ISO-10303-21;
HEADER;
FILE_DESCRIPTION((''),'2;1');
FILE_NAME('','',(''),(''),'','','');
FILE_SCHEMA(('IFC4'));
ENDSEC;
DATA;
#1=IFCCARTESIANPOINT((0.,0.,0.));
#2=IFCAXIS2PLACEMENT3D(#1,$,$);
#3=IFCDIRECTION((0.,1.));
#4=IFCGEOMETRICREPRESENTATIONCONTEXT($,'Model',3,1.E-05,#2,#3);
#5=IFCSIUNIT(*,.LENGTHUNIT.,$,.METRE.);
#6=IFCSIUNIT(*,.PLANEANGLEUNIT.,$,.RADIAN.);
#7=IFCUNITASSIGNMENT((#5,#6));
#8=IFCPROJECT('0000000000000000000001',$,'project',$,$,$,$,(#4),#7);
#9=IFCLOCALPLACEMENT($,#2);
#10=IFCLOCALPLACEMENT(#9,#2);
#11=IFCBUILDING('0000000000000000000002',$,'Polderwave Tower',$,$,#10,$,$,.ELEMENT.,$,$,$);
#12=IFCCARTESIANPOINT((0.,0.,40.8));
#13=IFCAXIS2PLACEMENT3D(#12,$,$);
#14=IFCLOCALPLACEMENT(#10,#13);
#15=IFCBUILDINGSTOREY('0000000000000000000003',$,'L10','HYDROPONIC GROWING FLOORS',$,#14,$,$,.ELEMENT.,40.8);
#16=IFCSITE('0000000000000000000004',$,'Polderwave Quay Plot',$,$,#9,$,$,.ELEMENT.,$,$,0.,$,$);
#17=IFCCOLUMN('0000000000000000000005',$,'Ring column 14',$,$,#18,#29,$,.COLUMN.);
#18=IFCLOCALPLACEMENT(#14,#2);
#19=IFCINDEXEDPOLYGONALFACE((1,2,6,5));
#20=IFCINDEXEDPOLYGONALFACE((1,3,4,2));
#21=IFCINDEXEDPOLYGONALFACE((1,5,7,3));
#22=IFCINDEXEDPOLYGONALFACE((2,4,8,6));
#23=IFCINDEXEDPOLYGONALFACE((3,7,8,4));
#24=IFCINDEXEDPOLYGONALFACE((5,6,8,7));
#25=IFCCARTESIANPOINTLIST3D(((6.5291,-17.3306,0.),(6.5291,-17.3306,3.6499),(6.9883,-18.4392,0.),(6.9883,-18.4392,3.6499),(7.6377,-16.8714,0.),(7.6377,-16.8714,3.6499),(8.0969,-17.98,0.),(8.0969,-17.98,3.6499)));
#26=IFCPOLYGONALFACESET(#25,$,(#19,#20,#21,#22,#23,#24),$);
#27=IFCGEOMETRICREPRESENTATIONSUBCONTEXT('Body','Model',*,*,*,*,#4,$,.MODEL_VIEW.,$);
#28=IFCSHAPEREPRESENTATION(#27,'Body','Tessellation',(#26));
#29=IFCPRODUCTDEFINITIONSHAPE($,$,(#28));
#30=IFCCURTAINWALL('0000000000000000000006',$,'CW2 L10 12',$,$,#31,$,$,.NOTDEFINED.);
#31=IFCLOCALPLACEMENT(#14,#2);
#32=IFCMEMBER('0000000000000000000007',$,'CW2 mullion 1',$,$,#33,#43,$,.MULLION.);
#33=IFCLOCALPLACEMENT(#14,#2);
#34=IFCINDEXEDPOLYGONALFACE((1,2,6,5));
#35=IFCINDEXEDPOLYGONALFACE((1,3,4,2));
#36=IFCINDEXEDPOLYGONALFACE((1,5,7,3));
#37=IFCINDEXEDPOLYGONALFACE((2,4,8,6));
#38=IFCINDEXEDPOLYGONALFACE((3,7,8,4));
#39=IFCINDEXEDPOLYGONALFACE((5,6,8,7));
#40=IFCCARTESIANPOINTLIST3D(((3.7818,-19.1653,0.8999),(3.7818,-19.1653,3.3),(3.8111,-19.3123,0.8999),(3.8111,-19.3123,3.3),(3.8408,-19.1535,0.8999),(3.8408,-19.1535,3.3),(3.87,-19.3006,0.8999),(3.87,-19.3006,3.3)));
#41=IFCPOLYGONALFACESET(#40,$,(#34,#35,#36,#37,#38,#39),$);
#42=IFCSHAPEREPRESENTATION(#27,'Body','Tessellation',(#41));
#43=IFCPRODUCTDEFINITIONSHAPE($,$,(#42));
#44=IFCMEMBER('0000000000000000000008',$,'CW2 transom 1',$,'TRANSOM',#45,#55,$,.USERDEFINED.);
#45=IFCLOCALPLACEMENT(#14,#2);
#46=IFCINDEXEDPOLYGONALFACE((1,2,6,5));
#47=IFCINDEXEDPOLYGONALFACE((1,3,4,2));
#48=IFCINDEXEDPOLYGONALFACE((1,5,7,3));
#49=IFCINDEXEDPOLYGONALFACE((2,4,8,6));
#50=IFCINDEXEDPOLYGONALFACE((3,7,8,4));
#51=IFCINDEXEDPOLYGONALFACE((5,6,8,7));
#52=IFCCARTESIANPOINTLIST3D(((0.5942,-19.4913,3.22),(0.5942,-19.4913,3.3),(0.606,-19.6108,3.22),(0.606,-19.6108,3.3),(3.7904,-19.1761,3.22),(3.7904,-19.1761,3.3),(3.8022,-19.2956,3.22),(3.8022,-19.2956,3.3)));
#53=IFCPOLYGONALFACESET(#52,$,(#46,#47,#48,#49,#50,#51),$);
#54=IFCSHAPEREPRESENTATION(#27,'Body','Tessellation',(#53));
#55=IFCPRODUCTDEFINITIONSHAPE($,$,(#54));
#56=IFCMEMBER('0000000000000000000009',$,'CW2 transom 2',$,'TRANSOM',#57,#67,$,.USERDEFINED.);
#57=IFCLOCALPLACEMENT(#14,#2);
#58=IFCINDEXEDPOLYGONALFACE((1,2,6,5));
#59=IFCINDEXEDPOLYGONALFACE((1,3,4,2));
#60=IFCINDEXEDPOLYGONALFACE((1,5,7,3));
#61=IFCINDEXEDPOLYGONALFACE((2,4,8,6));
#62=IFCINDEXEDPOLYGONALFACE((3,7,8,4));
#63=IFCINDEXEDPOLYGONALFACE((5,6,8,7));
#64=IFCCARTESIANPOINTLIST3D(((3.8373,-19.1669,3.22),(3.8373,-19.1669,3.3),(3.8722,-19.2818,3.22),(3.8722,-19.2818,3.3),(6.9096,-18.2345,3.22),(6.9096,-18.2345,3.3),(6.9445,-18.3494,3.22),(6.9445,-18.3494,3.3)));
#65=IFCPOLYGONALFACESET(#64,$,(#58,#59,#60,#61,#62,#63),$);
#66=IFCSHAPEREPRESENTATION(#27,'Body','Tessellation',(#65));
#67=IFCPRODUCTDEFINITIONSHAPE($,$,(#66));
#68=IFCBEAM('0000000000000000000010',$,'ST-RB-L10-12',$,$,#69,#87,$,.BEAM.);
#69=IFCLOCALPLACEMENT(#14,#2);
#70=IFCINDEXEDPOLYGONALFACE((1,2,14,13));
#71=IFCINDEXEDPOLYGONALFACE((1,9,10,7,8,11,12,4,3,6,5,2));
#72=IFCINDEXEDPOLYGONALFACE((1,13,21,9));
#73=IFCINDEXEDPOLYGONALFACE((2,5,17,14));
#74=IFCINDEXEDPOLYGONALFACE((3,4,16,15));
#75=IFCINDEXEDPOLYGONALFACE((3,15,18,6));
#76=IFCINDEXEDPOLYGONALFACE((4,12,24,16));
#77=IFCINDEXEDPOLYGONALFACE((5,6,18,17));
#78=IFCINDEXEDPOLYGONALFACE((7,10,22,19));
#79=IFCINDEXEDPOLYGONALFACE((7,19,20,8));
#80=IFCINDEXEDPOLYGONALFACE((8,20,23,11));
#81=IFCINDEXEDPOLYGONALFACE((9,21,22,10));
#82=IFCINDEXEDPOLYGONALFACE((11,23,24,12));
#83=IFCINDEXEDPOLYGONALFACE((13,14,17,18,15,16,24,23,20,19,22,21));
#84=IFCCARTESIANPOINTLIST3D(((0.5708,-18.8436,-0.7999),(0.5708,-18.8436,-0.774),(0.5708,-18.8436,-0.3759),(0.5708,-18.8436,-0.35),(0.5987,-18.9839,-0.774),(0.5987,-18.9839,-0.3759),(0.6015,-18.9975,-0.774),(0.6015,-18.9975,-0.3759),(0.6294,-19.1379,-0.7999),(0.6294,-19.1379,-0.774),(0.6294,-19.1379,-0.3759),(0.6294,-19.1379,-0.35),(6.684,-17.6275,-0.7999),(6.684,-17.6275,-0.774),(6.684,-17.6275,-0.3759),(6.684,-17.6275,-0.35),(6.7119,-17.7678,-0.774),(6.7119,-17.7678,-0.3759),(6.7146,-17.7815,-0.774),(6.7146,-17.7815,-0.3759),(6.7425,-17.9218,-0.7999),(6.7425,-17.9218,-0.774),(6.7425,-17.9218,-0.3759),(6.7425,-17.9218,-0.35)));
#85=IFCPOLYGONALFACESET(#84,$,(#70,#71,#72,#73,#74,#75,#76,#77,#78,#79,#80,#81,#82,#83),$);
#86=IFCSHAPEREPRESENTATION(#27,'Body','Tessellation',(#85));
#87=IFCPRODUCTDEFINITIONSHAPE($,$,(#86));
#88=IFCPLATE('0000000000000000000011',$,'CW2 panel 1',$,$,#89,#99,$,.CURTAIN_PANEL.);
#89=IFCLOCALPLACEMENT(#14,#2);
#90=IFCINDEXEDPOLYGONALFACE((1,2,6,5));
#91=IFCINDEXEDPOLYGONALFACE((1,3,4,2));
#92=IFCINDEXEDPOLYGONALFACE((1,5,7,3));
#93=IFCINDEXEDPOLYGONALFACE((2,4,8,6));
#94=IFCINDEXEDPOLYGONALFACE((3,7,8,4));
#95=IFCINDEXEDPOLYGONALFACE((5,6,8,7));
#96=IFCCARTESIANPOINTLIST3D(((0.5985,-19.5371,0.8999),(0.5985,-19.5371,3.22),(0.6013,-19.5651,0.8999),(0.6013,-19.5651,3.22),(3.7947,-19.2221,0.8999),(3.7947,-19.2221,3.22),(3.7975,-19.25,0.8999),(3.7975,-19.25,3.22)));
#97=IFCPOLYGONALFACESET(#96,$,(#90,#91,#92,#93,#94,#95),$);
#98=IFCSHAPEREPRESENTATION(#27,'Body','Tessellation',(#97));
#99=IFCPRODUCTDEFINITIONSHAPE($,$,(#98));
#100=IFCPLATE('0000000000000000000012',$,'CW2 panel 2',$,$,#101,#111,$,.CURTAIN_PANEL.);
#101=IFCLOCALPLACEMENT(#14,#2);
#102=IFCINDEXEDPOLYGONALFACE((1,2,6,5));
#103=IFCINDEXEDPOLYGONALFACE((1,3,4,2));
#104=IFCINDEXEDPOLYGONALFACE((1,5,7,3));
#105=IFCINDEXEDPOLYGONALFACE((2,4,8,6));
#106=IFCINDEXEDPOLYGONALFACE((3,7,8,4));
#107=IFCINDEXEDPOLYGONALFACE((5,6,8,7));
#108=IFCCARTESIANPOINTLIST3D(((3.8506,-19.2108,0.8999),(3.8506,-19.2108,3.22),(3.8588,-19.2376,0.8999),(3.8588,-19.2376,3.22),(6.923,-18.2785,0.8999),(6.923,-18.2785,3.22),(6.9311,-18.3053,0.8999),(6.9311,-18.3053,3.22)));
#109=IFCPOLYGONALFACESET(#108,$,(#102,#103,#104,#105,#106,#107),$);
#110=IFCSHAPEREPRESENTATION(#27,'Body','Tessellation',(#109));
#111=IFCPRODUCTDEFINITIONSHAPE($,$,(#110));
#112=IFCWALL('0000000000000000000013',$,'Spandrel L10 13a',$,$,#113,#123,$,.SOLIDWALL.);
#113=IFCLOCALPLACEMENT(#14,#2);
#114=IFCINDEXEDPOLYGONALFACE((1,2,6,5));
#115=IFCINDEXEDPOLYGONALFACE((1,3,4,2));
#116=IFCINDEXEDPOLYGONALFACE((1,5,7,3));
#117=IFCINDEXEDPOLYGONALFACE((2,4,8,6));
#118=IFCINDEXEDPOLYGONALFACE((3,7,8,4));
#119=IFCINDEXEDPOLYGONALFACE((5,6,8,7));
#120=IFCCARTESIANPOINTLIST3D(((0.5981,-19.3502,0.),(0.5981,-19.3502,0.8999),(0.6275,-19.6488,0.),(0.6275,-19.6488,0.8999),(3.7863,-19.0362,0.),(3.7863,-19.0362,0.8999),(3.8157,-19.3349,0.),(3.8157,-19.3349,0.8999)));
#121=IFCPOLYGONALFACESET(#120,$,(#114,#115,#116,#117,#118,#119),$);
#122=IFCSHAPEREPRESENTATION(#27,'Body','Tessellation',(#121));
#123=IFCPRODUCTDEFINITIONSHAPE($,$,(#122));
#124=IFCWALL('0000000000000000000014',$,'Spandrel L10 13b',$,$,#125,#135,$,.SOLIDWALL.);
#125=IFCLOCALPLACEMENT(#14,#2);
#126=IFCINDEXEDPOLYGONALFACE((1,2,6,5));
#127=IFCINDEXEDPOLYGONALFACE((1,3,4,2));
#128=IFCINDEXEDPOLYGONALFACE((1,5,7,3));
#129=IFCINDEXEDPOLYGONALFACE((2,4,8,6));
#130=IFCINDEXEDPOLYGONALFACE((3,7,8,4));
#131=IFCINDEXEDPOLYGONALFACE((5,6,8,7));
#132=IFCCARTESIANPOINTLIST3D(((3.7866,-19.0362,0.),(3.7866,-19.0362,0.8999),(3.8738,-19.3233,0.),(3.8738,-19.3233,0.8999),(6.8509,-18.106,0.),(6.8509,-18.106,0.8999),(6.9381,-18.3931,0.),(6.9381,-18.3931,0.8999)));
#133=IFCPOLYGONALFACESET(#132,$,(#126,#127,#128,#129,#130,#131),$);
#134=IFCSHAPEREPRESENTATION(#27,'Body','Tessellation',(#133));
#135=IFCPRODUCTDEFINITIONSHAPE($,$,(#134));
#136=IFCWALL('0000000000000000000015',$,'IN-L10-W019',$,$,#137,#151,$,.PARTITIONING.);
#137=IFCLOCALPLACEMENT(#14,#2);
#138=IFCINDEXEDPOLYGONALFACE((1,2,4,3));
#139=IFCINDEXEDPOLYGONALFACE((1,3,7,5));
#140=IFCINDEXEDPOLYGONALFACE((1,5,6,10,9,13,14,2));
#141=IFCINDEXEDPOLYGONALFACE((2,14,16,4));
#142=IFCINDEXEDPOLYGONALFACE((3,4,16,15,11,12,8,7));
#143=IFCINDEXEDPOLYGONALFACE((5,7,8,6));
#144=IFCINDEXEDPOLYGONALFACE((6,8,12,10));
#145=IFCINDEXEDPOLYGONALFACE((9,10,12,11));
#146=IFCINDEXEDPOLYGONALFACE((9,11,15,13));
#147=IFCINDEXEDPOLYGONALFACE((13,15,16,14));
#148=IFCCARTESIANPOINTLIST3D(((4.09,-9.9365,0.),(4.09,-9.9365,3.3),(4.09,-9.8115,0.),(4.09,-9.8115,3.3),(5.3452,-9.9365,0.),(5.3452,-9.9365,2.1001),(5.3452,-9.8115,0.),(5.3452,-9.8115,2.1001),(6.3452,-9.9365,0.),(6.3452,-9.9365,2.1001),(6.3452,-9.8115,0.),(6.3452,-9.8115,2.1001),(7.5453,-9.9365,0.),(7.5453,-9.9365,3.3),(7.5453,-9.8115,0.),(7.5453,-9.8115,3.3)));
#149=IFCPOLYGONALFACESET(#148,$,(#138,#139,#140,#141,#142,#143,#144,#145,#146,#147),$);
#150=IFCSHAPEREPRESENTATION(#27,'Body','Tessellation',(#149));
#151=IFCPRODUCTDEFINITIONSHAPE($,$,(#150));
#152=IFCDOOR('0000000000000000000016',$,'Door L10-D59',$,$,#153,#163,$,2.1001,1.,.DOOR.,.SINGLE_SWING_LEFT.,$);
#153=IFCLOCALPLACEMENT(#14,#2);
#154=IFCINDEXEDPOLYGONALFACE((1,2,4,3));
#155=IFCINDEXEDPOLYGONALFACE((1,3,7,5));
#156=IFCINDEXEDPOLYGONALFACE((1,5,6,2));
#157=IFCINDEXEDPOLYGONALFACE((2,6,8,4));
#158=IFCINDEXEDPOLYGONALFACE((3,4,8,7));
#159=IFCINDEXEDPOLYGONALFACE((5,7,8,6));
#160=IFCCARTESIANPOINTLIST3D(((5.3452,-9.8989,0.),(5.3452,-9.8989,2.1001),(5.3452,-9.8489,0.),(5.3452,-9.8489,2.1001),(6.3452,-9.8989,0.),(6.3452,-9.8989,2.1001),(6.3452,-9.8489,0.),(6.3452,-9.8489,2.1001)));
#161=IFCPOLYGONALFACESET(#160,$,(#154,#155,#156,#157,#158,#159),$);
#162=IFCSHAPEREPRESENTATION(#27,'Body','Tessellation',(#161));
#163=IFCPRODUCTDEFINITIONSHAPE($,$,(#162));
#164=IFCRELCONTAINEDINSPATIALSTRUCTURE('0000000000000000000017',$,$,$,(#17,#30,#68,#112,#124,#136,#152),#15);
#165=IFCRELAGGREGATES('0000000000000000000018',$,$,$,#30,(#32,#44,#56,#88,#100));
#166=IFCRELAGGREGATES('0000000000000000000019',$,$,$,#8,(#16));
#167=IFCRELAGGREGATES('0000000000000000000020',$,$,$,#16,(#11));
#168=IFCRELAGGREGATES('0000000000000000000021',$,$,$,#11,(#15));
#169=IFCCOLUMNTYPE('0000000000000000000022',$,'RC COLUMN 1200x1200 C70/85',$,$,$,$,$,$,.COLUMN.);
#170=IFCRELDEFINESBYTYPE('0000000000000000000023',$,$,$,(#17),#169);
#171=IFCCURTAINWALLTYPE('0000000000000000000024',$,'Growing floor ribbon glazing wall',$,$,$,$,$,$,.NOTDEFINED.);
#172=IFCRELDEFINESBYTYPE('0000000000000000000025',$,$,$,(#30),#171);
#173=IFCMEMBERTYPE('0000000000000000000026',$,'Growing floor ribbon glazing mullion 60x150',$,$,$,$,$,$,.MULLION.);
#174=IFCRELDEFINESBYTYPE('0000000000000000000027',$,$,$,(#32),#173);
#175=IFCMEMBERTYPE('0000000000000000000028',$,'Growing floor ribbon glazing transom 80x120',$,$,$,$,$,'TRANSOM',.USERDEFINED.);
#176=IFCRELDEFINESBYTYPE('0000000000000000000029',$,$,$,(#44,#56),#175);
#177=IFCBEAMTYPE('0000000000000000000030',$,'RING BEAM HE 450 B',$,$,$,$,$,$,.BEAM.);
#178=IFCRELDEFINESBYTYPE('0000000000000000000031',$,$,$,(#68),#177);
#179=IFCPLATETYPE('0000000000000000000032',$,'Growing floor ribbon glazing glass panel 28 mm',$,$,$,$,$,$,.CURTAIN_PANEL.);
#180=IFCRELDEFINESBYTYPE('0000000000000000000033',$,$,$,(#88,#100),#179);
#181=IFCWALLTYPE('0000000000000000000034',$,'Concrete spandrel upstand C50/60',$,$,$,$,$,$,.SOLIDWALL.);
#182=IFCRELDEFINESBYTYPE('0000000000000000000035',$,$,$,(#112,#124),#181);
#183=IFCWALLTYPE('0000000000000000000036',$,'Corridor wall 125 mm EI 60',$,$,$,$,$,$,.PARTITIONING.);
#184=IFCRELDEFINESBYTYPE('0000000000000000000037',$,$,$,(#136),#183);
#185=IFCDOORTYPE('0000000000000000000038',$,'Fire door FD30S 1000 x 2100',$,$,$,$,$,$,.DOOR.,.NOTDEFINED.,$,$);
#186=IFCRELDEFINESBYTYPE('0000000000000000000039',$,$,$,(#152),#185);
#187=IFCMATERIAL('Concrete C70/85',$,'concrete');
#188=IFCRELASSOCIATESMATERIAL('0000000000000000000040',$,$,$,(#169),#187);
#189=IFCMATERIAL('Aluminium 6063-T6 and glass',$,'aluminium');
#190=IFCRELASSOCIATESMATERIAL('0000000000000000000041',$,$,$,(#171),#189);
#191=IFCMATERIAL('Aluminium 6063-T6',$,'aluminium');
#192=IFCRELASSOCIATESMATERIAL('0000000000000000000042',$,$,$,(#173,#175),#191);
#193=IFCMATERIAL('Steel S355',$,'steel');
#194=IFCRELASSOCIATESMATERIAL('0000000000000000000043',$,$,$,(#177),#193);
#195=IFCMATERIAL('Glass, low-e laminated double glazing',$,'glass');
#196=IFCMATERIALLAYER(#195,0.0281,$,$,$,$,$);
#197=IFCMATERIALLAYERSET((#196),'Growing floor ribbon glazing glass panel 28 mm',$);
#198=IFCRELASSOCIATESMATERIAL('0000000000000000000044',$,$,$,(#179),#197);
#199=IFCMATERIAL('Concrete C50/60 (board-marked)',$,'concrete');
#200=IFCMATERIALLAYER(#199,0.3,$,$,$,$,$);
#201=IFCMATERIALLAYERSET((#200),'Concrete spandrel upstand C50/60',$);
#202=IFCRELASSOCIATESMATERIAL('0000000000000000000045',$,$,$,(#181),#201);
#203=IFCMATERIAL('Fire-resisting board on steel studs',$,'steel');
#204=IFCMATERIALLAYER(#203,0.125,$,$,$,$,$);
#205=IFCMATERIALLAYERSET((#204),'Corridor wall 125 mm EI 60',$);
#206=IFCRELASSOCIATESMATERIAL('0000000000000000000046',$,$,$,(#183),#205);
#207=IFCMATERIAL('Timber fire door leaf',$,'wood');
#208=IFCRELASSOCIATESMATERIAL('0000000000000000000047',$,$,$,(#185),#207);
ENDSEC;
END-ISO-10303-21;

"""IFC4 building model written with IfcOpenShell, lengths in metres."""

from ifc_helpers import new_model, si_unit, direction, frame, frame_2d, origin, origin_2d, place, context, subcontext, project, spatial, rectangle, i_section, extrude, material, layer, layer_set, material_profile, profile_set, type_object, element, fill, aggregate, save


model = new_model("IFC4")

# Units and contexts
model_context = context("Model", 3, precision=1e-05, world=origin(), true_north=direction((0.0, 1.0)))
body_context = subcontext(model_context, "Body", "Model", "MODEL_VIEW")
ifc_project = project(units=[si_unit("LENGTHUNIT", "METRE"), si_unit("PLANEANGLEUNIT", "RADIAN")], contexts=[model_context])

# Site, building, storey
site_placement = place(None, origin())
site = spatial("IfcSite", under=ifc_project, at=site_placement, Name="Polderwave Quay Plot", CompositionType="ELEMENT", RefElevation=0.0)
building_placement = place(site_placement, origin())
building = spatial("IfcBuilding", under=site, at=building_placement, Name="Polderwave Tower", CompositionType="ELEMENT")
storey_placement = place(building_placement, frame((0.0, 0.0, 40.8)))
storey = spatial("IfcBuildingStorey", under=building, at=storey_placement, Name="L10", Description="HYDROPONIC GROWING FLOORS", CompositionType="ELEMENT", Elevation=40.8)

# Column
ifc_material_1 = material(Name="Concrete C70/85", Category="concrete")
ifc_material_profile_1 = material_profile(ifc_material_1, rectangle(XDim=1.2, YDim=1.2, at=origin_2d()), Name="RC 1200x1200")
ifc_profile_set_1 = profile_set([ifc_material_profile_1], Name="Concrete C70/85")
column_type = type_object("IfcColumnType", Name="RC COLUMN 1200x1200 C70/85", PredefinedType="COLUMN", material=ifc_profile_set_1)
column_placement = place(storey_placement, frame((7.313, -17.6553, 0.0), z_axis=(0.0, 0.0, 1.0), x_axis=(0.382683, -0.92388, 0.0)))
element("IfcColumn", 1, at=column_placement, inside=storey, type_object=column_type, Name="Ring column 14", PredefinedType="COLUMN", context=body_context, shape_type="SweptSolid", body=[
    extrude(rectangle(XDim=1.2, YDim=1.2, at=origin_2d()), origin(), (0.0, 0.0, 1.0), 3.6499),
])

# Curtain wall, members
ifc_material_2 = material(Name="Aluminium 6063-T6 and glass", Category="aluminium")
curtain_wall_type = type_object("IfcCurtainWallType", Name="Growing floor ribbon glazing wall", PredefinedType="NOTDEFINED", material=ifc_material_2)
curtain_wall_placement = place(storey_placement, origin())
curtain_wall = element("IfcCurtainWall", 2, at=curtain_wall_placement, inside=storey, type_object=curtain_wall_type, Name="CW2 L10 12", PredefinedType="NOTDEFINED")
ifc_material_3 = material(Name="Aluminium 6063-T6", Category="aluminium")
ifc_material_profile_2 = material_profile(ifc_material_3, rectangle(XDim=0.1499, YDim=0.0601, at=origin_2d()), Name="AL 60x150")
ifc_profile_set_2 = profile_set([ifc_material_profile_2], Name="Aluminium 6063-T6")
member_type_1 = type_object("IfcMemberType", Name="Growing floor ribbon glazing mullion 60x150", PredefinedType="MULLION", material=ifc_profile_set_2)
member_1_placement = place(storey_placement, frame((3.8259, -19.2329, 0.8999), z_axis=(0.0, 0.0, 1.0), x_axis=(-0.195178, 0.980768, 0.0)))
member_1 = element("IfcMember", 3, at=member_1_placement, type_object=member_type_1, Name="CW2 mullion 1", PredefinedType="MULLION", context=body_context, shape_type="SweptSolid", body=[
    extrude(rectangle(XDim=0.1499, YDim=0.0601, at=origin_2d()), origin(), (0.0, 0.0, 1.0), 2.4001),
])
ifc_material_profile_3 = material_profile(ifc_material_3, rectangle(XDim=0.1201, YDim=0.0801, at=origin_2d()), Name="AL 80x120")
ifc_profile_set_3 = profile_set([ifc_material_profile_3], Name="Aluminium 6063-T6")
member_type_2 = type_object("IfcMemberType", Name="Growing floor ribbon glazing transom 80x120", ElementType="TRANSOM", PredefinedType="USERDEFINED", material=ifc_profile_set_3)
member_2_placement = place(storey_placement, frame((0.6001, -19.551, 3.26), z_axis=(0.995172, 0.098141, 0.0), x_axis=(-0.098141, 0.995172, 0.0)))
member_2 = element("IfcMember", 4, at=member_2_placement, type_object=member_type_2, Name="CW2 transom 1", ObjectType="TRANSOM", PredefinedType="USERDEFINED", context=body_context, shape_type="SweptSolid", body=[
    extrude(rectangle(XDim=0.1201, YDim=0.0801, at=origin_2d()), origin(), (0.0, 0.0, 1.0), 3.2117),
])
member_3_placement = place(storey_placement, frame((3.8547, -19.2244, 3.26), z_axis=(0.956905, 0.290402, 0.0), x_axis=(-0.290402, 0.956905, 0.0)))
member_3 = element("IfcMember", 5, at=member_3_placement, type_object=member_type_2, Name="CW2 transom 2", ObjectType="TRANSOM", PredefinedType="USERDEFINED", context=body_context, shape_type="SweptSolid", body=[
    extrude(rectangle(XDim=0.1201, YDim=0.0801, at=origin_2d()), origin(), (0.0, 0.0, 1.0), 3.2107),
])

# Beam
ifc_material_4 = material(Name="Steel S355", Category="steel")
ifc_material_profile_4 = material_profile(ifc_material_4, i_section(OverallWidth=0.3, OverallDepth=0.45, WebThickness=0.0139, FlangeThickness=0.0259, at=origin_2d()), Name="HE 450 B")
ifc_profile_set_4 = profile_set([ifc_material_profile_4], Name="Steel S355")
beam_type = type_object("IfcBeamType", Name="RING BEAM HE 450 B", PredefinedType="BEAM", material=ifc_profile_set_4)
beam_placement = place(storey_placement, frame((0.6001, -18.9907, -0.575), z_axis=(0.980782, 0.195107, 0.0), x_axis=(-0.195107, 0.980782, 0.0)))
element("IfcBeam", 6, at=beam_placement, inside=storey, type_object=beam_type, Name="ST-RB-L10-12", PredefinedType="BEAM", context=body_context, shape_type="SweptSolid", body=[
    extrude(i_section(OverallWidth=0.3, OverallDepth=0.45, WebThickness=0.0139, FlangeThickness=0.0259, at=origin_2d()), origin(), (0.0, 0.0, 1.0), 6.2329),
])

# Plates
ifc_material_5 = material(Name="Glass, low-e laminated double glazing", Category="glass")
ifc_layer_1 = layer(ifc_material_5, 0.0281)
ifc_layer_set_1 = layer_set([ifc_layer_1], Name="Growing floor ribbon glazing glass panel 28 mm")
plate_type = type_object("IfcPlateType", Name="Growing floor ribbon glazing glass panel 28 mm", PredefinedType="CURTAIN_PANEL", material=ifc_layer_set_1)
plate_1_placement = place(storey_placement, frame((2.198, -19.3936, 0.8999), z_axis=(0.0, 0.0, 1.0), x_axis=(0.995177, 0.098099, 0.0)))
plate_1 = element("IfcPlate", 7, at=plate_1_placement, type_object=plate_type, Name="CW2 panel 1", PredefinedType="CURTAIN_PANEL", context=body_context, shape_type="SweptSolid", body=[
    extrude(rectangle(XDim=3.2117, YDim=0.0281, at=origin_2d()), origin(), (0.0, 0.0, 1.0), 2.3201),
])
plate_2_placement = place(storey_placement, frame((5.3909, -18.7581, 0.8999), z_axis=(0.0, 0.0, 1.0), x_axis=(0.956913, 0.290375, 0.0)))
plate_2 = element("IfcPlate", 8, at=plate_2_placement, type_object=plate_type, Name="CW2 panel 2", PredefinedType="CURTAIN_PANEL", context=body_context, shape_type="SweptSolid", body=[
    extrude(rectangle(XDim=3.2107, YDim=0.0281, at=origin_2d()), origin(), (0.0, 0.0, 1.0), 2.3201),
])
aggregate(curtain_wall, [member_1, member_2, member_3, plate_1, plate_2])

# Walls
ifc_material_6 = material(Name="Concrete C50/60 (board-marked)", Category="concrete")
ifc_layer_2 = layer(ifc_material_6, 0.3)
ifc_layer_set_2 = layer_set([ifc_layer_2], Name="Concrete spandrel upstand C50/60")
wall_type_1 = type_object("IfcWallType", Name="Concrete spandrel upstand C50/60", PredefinedType="SOLIDWALL", material=ifc_layer_set_2)
wall_1_placement = place(storey_placement, frame((0.6128, -19.4995, 0.0), z_axis=(0.0, 0.0, 1.0), x_axis=(0.995186, 0.098002, 0.0)))
element("IfcWall", 9, at=wall_1_placement, inside=storey, type_object=wall_type_1, Name="Spandrel L10 13a", PredefinedType="SOLIDWALL", context=body_context, shape_type="SweptSolid", body=[
    extrude(rectangle(XDim=3.2036, YDim=0.3, at=frame_2d((1.6018, 0.0))), origin(), (0.0, 0.0, 1.0), 0.8999),
])
wall_2_placement = place(storey_placement, frame((3.8303, -19.1797, 0.0), z_axis=(0.0, 0.0, 1.0), x_axis=(0.956883, 0.290473, 0.0)))
element("IfcWall", 10, at=wall_2_placement, inside=storey, type_object=wall_type_1, Name="Spandrel L10 13b", PredefinedType="SOLIDWALL", context=body_context, shape_type="SweptSolid", body=[
    extrude(rectangle(XDim=3.2024, YDim=0.3, at=frame_2d((1.6011, 0.0))), origin(), (0.0, 0.0, 1.0), 0.8999),
])

# Wall, opening, door
ifc_material_7 = material(Name="Fire-resisting board on steel studs", Category="steel")
ifc_layer_3 = layer(ifc_material_7, 0.125)
ifc_layer_set_3 = layer_set([ifc_layer_3], Name="Corridor wall 125 mm EI 60")
wall_type_2 = type_object("IfcWallType", Name="Corridor wall 125 mm EI 60", PredefinedType="PARTITIONING", material=ifc_layer_set_3)
wall_3_placement = place(storey_placement, frame((7.5452, -9.874, 0.0), z_axis=(0.0, 0.0, 1.0), x_axis=(-1.0, 0.0, 0.0)))
wall_3 = element("IfcWall", 11, at=wall_3_placement, inside=storey, type_object=wall_type_2, Name="IN-L10-W019", PredefinedType="PARTITIONING", context=body_context, shape_type="SweptSolid", body=[
    extrude(rectangle(XDim=3.4553, YDim=0.125, at=frame_2d((1.7275, 0.0))), origin(), (0.0, 0.0, 1.0), 3.3),
])
opening_1_placement = place(wall_3_placement, frame((1.2, 0.0, 0.0)))
opening_1 = element("IfcOpeningElement", 12, at=opening_1_placement, cuts=wall_3, PredefinedType="OPENING", context=body_context, shape_type="SweptSolid", body=[
    extrude(rectangle(XDim=1.0, YDim=2.1001, at=frame_2d((0.5, 1.05))), frame((0.0, 0.0725, 0.0), z_axis=(0.0, -1.0, 0.0), x_axis=(1.0, 0.0, 0.0)), (0.0, 0.0, 1.0), 0.145),
])
ifc_material_8 = material(Name="Timber fire door leaf", Category="wood")
door_type_1 = type_object("IfcDoorType", Name="Fire door FD30S 1000 x 2100", OperationType="NOTDEFINED", PredefinedType="DOOR", material=ifc_material_8)
door_1_placement = place(opening_1_placement, origin())
door_1 = element("IfcDoor", 13, at=door_1_placement, inside=storey, type_object=door_type_1, Name="Door L10-D59", OperationType="SINGLE_SWING_LEFT", OverallHeight=2.1001, OverallWidth=1.0, PredefinedType="DOOR", context=body_context, shape_type="SweptSolid", body=[
    extrude(rectangle(XDim=1.0, YDim=2.1001, at=frame_2d((0.5, 1.05))), frame((0.0, 0.0249, 0.0), z_axis=(0.0, -1.0, 0.0), x_axis=(1.0, 0.0, 0.0)), (0.0, 0.0, 1.0), 0.05),
])
fill(opening_1, door_1)

save(model, "model.ifc")
